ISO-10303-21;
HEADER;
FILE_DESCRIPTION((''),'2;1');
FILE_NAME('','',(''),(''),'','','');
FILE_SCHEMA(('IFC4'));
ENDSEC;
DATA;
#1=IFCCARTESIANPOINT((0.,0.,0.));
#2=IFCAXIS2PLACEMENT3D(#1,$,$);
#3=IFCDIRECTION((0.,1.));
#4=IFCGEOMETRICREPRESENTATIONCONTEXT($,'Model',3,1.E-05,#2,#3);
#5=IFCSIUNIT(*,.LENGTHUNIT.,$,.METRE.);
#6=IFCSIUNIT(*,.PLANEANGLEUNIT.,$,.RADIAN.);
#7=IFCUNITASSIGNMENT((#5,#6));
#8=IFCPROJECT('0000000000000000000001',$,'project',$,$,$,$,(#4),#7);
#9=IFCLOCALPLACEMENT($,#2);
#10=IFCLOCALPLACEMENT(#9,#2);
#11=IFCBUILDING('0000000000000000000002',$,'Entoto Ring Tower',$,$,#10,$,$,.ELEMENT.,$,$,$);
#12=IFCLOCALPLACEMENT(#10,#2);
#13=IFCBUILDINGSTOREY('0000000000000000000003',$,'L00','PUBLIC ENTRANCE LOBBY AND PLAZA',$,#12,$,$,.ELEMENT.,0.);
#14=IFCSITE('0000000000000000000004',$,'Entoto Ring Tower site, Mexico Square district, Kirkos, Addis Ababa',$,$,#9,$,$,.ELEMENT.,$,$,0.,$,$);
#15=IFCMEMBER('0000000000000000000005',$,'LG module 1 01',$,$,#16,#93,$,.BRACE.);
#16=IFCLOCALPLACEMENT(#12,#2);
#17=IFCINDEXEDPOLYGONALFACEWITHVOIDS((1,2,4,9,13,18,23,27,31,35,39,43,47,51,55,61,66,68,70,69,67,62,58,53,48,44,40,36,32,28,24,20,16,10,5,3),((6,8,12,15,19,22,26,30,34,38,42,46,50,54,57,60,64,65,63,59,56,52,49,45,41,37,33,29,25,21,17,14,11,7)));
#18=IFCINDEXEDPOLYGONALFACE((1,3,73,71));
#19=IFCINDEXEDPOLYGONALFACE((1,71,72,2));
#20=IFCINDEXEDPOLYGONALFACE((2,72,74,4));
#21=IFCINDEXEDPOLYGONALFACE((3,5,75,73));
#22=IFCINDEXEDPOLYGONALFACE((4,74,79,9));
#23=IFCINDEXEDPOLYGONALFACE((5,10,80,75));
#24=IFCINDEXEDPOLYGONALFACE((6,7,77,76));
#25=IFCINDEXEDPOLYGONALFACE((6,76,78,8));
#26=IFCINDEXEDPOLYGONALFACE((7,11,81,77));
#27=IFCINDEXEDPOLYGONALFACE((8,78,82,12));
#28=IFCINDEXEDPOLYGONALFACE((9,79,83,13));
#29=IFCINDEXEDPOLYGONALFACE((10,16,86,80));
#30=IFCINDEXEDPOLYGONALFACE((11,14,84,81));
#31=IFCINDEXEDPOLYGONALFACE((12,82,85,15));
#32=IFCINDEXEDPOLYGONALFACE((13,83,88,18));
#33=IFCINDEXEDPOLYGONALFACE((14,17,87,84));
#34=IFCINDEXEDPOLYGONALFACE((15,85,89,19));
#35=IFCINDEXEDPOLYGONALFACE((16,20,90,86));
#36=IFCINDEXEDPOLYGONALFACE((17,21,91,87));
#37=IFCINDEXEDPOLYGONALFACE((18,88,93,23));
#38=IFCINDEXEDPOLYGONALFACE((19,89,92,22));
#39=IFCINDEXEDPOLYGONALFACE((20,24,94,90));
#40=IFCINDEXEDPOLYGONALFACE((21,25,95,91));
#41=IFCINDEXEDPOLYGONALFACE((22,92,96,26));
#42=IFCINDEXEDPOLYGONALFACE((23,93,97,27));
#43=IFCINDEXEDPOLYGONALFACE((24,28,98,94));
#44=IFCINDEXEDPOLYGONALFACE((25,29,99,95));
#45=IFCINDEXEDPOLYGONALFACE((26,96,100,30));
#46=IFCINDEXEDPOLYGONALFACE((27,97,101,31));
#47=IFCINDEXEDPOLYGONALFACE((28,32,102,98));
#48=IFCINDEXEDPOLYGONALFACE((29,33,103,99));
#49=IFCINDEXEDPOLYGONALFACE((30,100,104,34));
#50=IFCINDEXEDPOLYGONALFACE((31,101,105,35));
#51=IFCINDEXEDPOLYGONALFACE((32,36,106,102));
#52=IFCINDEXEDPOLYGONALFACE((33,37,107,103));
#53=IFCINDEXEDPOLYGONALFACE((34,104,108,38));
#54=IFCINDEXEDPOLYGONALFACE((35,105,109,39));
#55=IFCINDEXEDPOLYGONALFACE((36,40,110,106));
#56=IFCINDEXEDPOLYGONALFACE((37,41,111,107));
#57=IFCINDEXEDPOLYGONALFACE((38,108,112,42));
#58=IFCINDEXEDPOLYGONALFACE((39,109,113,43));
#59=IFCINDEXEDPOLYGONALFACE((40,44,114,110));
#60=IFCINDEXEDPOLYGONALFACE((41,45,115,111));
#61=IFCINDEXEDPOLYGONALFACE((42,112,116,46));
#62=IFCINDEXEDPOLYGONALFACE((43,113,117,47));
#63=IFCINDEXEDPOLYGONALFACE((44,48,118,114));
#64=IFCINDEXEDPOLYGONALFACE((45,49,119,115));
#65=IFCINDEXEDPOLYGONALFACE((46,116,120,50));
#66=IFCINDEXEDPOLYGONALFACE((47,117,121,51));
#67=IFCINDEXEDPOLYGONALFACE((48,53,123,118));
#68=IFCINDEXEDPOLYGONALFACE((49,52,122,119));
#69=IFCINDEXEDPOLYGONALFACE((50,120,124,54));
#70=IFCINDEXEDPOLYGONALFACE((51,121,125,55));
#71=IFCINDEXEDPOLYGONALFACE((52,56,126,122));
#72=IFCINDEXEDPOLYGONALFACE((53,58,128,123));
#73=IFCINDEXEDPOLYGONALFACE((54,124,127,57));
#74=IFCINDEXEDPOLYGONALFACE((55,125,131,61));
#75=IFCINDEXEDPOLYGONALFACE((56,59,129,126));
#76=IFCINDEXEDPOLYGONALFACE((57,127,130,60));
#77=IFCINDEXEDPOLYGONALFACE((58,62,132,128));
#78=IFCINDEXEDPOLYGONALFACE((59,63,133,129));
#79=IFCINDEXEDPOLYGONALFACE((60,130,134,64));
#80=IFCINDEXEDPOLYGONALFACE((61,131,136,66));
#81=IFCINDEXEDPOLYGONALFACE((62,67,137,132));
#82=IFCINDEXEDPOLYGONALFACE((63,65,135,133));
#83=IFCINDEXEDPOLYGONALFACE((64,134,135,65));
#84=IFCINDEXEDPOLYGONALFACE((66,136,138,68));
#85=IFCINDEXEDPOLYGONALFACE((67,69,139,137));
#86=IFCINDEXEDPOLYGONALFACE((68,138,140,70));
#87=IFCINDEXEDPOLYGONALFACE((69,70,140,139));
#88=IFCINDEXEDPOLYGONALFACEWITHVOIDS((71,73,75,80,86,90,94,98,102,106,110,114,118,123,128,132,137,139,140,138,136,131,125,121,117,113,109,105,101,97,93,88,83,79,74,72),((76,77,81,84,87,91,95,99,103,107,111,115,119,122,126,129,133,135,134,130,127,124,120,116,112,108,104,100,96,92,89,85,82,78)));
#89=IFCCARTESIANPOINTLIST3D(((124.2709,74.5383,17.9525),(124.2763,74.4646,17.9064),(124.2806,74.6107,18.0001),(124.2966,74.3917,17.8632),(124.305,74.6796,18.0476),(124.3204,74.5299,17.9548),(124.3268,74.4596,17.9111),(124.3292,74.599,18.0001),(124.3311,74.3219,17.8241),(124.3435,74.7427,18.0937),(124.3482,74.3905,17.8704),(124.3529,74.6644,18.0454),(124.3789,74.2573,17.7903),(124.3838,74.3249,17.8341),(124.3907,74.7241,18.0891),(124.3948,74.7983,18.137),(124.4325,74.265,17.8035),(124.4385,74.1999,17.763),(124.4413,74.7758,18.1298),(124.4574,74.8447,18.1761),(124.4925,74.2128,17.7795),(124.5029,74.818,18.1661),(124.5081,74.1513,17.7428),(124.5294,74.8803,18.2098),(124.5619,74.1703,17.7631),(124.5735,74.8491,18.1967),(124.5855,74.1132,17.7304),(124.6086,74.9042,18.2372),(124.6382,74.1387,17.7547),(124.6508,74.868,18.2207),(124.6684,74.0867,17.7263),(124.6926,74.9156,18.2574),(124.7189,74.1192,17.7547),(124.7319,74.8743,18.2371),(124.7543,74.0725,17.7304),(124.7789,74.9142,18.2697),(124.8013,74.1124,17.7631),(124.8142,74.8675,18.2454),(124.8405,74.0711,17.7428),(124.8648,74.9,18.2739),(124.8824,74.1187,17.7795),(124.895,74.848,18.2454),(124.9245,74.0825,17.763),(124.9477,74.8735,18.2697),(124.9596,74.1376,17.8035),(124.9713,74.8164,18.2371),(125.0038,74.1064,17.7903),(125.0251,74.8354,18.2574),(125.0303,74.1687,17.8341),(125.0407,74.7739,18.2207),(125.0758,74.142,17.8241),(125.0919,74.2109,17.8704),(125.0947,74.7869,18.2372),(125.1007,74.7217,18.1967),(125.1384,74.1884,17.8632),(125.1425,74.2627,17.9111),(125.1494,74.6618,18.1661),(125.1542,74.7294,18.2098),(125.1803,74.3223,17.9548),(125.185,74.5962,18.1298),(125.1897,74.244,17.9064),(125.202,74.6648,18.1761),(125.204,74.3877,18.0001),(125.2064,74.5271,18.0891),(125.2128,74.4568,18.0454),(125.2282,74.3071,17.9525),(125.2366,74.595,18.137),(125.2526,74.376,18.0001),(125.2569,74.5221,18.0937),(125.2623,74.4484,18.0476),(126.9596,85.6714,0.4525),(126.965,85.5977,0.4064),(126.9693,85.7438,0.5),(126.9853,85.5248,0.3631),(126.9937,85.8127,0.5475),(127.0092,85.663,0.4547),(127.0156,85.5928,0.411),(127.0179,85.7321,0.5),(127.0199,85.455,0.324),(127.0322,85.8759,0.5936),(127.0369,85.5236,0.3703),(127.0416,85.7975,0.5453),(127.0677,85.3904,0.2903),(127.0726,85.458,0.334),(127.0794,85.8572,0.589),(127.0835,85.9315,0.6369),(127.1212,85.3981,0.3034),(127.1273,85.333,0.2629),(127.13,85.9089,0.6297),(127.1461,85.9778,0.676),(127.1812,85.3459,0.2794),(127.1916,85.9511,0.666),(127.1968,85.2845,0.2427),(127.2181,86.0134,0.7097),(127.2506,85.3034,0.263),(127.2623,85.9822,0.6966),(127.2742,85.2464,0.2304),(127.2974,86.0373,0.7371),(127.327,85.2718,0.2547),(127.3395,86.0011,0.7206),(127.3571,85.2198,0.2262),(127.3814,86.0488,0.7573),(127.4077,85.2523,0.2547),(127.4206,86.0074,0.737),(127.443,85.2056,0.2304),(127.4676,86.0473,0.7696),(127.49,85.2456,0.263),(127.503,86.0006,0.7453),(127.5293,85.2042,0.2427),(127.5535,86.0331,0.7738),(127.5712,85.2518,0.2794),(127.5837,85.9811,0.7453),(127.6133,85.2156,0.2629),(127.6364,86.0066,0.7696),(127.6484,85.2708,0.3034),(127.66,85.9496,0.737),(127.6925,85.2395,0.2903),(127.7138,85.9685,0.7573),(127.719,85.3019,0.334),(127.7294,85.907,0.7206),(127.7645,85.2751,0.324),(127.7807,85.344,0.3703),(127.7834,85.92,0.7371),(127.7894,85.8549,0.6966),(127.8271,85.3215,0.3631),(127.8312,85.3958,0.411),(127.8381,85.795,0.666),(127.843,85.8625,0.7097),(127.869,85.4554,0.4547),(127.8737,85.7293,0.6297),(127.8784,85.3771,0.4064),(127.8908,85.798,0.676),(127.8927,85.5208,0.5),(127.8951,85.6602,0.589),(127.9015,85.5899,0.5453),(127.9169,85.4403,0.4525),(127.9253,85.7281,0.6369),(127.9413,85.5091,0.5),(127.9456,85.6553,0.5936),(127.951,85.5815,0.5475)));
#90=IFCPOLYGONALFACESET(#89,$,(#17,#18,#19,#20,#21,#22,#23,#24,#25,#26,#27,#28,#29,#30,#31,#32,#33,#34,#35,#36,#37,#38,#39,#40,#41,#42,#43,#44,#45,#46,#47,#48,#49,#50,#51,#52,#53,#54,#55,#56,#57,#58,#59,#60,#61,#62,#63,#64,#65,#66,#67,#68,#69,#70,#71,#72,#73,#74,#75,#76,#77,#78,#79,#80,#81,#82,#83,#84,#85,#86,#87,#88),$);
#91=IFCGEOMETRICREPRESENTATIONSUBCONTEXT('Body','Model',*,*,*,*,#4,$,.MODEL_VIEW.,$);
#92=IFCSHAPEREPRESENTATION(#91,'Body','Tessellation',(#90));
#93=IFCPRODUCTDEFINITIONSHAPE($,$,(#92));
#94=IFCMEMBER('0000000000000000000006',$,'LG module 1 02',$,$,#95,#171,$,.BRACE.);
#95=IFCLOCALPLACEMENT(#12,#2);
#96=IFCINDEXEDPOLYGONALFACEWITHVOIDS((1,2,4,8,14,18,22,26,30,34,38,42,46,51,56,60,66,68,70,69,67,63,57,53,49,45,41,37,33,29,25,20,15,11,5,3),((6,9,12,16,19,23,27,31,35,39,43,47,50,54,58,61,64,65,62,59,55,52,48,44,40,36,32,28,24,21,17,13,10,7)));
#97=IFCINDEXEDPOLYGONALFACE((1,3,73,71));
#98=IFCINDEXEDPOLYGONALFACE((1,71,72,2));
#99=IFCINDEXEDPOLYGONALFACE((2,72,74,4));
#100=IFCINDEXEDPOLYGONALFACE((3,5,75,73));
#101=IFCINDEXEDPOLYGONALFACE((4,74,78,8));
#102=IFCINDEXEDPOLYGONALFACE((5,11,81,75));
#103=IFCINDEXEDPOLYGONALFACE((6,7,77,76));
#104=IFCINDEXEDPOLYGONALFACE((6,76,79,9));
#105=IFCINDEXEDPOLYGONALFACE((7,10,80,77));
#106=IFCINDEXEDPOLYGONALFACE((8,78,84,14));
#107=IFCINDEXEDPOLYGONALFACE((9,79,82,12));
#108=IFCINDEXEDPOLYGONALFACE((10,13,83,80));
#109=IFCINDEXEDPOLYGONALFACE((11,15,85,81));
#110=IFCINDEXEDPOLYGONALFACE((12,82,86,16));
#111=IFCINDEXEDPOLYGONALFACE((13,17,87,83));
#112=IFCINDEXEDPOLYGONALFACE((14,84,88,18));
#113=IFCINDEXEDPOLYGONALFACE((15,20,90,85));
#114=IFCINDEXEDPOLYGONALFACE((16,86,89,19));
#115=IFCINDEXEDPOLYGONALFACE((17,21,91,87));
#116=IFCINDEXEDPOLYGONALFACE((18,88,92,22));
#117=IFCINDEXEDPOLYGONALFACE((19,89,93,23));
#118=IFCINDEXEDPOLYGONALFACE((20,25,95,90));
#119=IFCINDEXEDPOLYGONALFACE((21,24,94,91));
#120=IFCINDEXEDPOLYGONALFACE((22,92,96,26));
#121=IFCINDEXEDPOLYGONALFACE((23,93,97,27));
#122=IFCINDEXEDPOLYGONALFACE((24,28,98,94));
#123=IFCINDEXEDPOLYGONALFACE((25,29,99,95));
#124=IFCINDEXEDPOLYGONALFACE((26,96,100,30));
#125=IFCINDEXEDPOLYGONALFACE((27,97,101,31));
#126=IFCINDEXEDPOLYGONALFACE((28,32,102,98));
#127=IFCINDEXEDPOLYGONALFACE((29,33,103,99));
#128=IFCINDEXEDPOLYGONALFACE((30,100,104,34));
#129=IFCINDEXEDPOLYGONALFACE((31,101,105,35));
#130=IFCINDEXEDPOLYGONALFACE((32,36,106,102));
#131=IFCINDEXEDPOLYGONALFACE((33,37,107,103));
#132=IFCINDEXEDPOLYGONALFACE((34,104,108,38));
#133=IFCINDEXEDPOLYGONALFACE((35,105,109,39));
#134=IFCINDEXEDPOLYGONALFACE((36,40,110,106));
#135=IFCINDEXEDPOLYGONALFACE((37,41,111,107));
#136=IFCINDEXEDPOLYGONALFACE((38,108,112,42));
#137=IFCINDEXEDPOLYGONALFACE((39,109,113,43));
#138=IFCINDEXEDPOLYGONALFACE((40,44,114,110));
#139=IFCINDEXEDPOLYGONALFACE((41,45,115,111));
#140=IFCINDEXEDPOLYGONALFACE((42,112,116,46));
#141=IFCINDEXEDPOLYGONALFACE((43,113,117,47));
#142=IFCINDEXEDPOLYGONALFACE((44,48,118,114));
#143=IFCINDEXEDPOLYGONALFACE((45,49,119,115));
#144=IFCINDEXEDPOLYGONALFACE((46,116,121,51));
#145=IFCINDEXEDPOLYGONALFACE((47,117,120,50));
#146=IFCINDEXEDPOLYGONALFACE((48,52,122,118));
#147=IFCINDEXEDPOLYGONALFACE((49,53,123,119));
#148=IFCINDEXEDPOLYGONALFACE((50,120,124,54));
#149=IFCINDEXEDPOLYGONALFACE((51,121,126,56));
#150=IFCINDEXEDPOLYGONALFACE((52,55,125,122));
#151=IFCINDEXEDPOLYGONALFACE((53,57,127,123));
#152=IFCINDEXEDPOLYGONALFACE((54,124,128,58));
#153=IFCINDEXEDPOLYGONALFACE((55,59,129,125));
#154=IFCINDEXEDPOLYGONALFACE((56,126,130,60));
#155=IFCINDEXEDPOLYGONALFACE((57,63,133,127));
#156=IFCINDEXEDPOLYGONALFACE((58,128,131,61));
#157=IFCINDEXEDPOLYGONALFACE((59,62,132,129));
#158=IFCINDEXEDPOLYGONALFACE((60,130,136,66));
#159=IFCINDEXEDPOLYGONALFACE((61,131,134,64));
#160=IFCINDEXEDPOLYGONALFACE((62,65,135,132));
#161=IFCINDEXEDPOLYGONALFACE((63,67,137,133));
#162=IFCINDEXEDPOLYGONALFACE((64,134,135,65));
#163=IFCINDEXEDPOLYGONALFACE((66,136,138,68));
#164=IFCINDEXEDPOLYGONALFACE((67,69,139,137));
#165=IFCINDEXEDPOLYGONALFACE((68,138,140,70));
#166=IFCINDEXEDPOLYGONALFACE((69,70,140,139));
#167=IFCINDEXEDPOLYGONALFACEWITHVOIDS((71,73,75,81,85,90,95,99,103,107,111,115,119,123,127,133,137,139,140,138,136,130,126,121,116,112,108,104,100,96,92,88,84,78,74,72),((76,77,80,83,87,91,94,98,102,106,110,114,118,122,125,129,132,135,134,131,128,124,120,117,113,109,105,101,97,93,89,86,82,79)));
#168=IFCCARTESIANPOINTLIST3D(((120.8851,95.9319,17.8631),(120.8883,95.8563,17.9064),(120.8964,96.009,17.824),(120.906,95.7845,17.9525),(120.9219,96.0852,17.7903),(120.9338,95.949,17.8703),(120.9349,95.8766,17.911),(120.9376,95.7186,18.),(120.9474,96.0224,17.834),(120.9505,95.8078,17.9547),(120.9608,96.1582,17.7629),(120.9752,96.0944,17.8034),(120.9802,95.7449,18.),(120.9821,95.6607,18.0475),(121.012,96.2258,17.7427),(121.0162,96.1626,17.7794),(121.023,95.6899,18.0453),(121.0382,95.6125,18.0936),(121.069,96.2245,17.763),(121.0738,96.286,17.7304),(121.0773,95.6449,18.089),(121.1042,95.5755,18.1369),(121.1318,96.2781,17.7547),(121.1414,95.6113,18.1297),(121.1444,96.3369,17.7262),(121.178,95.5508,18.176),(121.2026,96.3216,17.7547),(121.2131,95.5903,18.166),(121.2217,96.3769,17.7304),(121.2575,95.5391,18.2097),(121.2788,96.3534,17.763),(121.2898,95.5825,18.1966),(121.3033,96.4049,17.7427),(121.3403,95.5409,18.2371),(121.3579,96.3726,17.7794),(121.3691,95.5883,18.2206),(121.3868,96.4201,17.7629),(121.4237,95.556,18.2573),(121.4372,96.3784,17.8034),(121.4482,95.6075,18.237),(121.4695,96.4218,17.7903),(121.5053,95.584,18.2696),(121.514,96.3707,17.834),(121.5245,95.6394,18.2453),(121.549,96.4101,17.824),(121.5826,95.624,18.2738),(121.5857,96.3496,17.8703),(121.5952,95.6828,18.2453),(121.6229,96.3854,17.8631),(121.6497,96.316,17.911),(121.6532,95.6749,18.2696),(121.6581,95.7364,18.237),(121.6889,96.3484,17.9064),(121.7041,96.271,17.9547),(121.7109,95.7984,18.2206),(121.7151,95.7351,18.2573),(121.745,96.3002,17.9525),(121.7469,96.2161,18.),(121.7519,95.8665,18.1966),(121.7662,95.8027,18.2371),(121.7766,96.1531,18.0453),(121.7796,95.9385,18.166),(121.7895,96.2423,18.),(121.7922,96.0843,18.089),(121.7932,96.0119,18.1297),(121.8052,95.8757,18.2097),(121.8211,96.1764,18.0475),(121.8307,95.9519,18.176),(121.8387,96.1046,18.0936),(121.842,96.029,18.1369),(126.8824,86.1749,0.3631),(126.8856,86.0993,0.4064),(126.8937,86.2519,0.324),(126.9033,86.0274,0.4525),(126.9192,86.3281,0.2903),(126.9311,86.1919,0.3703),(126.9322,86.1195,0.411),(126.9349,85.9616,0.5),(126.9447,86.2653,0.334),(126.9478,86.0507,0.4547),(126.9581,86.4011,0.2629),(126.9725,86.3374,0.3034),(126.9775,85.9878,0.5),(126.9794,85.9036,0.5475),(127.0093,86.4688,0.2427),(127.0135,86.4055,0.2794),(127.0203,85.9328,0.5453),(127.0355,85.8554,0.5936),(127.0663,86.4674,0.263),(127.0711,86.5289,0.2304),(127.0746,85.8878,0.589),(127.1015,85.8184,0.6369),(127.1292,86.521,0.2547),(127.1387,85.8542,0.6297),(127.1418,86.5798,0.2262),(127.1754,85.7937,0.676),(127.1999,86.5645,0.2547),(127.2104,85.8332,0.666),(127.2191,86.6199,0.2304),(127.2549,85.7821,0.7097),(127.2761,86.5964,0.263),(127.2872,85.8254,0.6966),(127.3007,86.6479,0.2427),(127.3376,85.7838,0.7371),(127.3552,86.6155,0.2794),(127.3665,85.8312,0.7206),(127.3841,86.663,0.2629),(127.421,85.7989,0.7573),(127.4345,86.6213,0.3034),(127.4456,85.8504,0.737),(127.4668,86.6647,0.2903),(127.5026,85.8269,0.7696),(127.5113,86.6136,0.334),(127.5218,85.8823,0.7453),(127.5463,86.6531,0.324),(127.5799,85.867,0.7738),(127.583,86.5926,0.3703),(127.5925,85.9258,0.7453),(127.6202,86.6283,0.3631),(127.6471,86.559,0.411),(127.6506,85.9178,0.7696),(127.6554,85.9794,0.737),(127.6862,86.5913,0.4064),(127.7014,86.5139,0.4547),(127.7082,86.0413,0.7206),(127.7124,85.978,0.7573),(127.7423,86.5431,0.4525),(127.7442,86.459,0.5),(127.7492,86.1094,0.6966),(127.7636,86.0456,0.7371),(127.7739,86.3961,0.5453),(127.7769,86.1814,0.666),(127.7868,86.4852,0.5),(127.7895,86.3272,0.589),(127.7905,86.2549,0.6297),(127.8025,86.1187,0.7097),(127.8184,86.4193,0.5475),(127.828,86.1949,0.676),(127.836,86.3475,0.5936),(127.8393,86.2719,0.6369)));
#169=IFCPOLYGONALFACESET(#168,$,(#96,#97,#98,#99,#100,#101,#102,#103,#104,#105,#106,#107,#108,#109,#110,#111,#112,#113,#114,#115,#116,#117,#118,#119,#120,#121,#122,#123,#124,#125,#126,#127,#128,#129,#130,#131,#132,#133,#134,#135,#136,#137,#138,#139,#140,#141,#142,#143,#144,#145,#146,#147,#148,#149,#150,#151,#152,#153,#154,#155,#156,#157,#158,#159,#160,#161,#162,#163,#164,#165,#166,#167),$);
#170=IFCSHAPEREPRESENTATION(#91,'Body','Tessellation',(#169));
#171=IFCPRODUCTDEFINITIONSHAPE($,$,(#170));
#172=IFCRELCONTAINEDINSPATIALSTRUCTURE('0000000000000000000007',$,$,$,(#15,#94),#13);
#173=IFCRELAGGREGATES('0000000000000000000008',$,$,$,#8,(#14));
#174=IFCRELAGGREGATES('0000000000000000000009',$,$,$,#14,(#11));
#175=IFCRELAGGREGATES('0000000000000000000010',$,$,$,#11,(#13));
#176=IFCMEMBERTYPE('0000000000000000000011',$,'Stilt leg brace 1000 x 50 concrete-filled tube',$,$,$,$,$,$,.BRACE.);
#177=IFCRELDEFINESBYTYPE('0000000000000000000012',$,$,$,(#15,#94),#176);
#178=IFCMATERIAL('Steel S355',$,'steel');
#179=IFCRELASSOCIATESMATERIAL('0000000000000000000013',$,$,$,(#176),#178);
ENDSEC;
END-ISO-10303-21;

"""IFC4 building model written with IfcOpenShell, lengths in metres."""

from ifc_helpers import new_model, si_unit, direction, frame, origin, origin_2d, place, context, subcontext, project, spatial, circle, hollow_circle, extrude, material, material_profile, profile_set, type_object, element, save


model = new_model("IFC4")

# Units and contexts
model_context = context("Model", 3, precision=1e-05, world=origin(), true_north=direction((0.0, 1.0)))
body_context = subcontext(model_context, "Body", "Model", "MODEL_VIEW")
ifc_project = project(units=[si_unit("LENGTHUNIT", "METRE"), si_unit("PLANEANGLEUNIT", "RADIAN")], contexts=[model_context])

# Site, building, storey
site_placement = place(None, origin())
site = spatial("IfcSite", under=ifc_project, at=site_placement, Name="Entoto Ring Tower site, Mexico Square district, Kirkos, Addis Ababa", CompositionType="ELEMENT", RefElevation=0.0)
building_placement = place(site_placement, origin())
building = spatial("IfcBuilding", under=site, at=building_placement, Name="Entoto Ring Tower", CompositionType="ELEMENT")
storey_placement = place(building_placement, origin())
storey = spatial("IfcBuildingStorey", under=building, at=storey_placement, Name="L00", Description="PUBLIC ENTRANCE LOBBY AND PLAZA", CompositionType="ELEMENT", Elevation=0.0)

# Members
ifc_material_1 = material(Name="Steel S355", Category="steel")
ifc_material_profile_1 = material_profile(ifc_material_1, hollow_circle(Radius=0.5, WallThickness=0.05, at=origin_2d()), Name="CHS 1000 x 50")
ifc_material_2 = material(Name="Concrete C60/75", Category="concrete")
ifc_material_profile_2 = material_profile(ifc_material_2, circle(Radius=0.45, at=origin_2d()), Name="Concrete C60/75 infill")
ifc_profile_set_1 = profile_set([ifc_material_profile_1, ifc_material_profile_2], Name="Steel S355")
member_type = type_object("IfcMemberType", Name="Stilt leg brace 1000 x 50 concrete-filled tube", PredefinedType="BRACE", material=ifc_profile_set_1)
member_placement = place(storey_placement, frame((127.4553, 85.6265, 0.5), z_axis=(-0.128557, -0.532308, 0.836733), x_axis=(0.972054, -0.234759, 0.0)))
element("IfcMember", 1, at=member_placement, inside=storey, type_object=member_type, Name="LG module 1 01", PredefinedType="BRACE", context=body_context, shape_type="SweptSolid", body=[
    extrude(hollow_circle(Radius=0.5, WallThickness=0.05, at=origin_2d()), origin(), (0.0, 0.0, 1.0), 20.9148),
])
for number, where, z_axis, x_axis, name in (
    (2, (127.3608, 86.2234, 0.5), (-0.286753, 0.466521, 0.836738), (-0.851933, -0.523651, 0.0), "LG module 1 02"),
):
    element("IfcMember", number, at=place(storey_placement, frame(where, z_axis=z_axis, x_axis=x_axis)), inside=storey, type_object=member_type, Name=name, PredefinedType="BRACE", context=body_context, shape_type="SweptSolid", body=[
        extrude(hollow_circle(Radius=0.5, WallThickness=0.05, at=origin_2d()), origin(), (0.0, 0.0, 1.0), 20.9146),
    ])

save(model, "model.ifc")
